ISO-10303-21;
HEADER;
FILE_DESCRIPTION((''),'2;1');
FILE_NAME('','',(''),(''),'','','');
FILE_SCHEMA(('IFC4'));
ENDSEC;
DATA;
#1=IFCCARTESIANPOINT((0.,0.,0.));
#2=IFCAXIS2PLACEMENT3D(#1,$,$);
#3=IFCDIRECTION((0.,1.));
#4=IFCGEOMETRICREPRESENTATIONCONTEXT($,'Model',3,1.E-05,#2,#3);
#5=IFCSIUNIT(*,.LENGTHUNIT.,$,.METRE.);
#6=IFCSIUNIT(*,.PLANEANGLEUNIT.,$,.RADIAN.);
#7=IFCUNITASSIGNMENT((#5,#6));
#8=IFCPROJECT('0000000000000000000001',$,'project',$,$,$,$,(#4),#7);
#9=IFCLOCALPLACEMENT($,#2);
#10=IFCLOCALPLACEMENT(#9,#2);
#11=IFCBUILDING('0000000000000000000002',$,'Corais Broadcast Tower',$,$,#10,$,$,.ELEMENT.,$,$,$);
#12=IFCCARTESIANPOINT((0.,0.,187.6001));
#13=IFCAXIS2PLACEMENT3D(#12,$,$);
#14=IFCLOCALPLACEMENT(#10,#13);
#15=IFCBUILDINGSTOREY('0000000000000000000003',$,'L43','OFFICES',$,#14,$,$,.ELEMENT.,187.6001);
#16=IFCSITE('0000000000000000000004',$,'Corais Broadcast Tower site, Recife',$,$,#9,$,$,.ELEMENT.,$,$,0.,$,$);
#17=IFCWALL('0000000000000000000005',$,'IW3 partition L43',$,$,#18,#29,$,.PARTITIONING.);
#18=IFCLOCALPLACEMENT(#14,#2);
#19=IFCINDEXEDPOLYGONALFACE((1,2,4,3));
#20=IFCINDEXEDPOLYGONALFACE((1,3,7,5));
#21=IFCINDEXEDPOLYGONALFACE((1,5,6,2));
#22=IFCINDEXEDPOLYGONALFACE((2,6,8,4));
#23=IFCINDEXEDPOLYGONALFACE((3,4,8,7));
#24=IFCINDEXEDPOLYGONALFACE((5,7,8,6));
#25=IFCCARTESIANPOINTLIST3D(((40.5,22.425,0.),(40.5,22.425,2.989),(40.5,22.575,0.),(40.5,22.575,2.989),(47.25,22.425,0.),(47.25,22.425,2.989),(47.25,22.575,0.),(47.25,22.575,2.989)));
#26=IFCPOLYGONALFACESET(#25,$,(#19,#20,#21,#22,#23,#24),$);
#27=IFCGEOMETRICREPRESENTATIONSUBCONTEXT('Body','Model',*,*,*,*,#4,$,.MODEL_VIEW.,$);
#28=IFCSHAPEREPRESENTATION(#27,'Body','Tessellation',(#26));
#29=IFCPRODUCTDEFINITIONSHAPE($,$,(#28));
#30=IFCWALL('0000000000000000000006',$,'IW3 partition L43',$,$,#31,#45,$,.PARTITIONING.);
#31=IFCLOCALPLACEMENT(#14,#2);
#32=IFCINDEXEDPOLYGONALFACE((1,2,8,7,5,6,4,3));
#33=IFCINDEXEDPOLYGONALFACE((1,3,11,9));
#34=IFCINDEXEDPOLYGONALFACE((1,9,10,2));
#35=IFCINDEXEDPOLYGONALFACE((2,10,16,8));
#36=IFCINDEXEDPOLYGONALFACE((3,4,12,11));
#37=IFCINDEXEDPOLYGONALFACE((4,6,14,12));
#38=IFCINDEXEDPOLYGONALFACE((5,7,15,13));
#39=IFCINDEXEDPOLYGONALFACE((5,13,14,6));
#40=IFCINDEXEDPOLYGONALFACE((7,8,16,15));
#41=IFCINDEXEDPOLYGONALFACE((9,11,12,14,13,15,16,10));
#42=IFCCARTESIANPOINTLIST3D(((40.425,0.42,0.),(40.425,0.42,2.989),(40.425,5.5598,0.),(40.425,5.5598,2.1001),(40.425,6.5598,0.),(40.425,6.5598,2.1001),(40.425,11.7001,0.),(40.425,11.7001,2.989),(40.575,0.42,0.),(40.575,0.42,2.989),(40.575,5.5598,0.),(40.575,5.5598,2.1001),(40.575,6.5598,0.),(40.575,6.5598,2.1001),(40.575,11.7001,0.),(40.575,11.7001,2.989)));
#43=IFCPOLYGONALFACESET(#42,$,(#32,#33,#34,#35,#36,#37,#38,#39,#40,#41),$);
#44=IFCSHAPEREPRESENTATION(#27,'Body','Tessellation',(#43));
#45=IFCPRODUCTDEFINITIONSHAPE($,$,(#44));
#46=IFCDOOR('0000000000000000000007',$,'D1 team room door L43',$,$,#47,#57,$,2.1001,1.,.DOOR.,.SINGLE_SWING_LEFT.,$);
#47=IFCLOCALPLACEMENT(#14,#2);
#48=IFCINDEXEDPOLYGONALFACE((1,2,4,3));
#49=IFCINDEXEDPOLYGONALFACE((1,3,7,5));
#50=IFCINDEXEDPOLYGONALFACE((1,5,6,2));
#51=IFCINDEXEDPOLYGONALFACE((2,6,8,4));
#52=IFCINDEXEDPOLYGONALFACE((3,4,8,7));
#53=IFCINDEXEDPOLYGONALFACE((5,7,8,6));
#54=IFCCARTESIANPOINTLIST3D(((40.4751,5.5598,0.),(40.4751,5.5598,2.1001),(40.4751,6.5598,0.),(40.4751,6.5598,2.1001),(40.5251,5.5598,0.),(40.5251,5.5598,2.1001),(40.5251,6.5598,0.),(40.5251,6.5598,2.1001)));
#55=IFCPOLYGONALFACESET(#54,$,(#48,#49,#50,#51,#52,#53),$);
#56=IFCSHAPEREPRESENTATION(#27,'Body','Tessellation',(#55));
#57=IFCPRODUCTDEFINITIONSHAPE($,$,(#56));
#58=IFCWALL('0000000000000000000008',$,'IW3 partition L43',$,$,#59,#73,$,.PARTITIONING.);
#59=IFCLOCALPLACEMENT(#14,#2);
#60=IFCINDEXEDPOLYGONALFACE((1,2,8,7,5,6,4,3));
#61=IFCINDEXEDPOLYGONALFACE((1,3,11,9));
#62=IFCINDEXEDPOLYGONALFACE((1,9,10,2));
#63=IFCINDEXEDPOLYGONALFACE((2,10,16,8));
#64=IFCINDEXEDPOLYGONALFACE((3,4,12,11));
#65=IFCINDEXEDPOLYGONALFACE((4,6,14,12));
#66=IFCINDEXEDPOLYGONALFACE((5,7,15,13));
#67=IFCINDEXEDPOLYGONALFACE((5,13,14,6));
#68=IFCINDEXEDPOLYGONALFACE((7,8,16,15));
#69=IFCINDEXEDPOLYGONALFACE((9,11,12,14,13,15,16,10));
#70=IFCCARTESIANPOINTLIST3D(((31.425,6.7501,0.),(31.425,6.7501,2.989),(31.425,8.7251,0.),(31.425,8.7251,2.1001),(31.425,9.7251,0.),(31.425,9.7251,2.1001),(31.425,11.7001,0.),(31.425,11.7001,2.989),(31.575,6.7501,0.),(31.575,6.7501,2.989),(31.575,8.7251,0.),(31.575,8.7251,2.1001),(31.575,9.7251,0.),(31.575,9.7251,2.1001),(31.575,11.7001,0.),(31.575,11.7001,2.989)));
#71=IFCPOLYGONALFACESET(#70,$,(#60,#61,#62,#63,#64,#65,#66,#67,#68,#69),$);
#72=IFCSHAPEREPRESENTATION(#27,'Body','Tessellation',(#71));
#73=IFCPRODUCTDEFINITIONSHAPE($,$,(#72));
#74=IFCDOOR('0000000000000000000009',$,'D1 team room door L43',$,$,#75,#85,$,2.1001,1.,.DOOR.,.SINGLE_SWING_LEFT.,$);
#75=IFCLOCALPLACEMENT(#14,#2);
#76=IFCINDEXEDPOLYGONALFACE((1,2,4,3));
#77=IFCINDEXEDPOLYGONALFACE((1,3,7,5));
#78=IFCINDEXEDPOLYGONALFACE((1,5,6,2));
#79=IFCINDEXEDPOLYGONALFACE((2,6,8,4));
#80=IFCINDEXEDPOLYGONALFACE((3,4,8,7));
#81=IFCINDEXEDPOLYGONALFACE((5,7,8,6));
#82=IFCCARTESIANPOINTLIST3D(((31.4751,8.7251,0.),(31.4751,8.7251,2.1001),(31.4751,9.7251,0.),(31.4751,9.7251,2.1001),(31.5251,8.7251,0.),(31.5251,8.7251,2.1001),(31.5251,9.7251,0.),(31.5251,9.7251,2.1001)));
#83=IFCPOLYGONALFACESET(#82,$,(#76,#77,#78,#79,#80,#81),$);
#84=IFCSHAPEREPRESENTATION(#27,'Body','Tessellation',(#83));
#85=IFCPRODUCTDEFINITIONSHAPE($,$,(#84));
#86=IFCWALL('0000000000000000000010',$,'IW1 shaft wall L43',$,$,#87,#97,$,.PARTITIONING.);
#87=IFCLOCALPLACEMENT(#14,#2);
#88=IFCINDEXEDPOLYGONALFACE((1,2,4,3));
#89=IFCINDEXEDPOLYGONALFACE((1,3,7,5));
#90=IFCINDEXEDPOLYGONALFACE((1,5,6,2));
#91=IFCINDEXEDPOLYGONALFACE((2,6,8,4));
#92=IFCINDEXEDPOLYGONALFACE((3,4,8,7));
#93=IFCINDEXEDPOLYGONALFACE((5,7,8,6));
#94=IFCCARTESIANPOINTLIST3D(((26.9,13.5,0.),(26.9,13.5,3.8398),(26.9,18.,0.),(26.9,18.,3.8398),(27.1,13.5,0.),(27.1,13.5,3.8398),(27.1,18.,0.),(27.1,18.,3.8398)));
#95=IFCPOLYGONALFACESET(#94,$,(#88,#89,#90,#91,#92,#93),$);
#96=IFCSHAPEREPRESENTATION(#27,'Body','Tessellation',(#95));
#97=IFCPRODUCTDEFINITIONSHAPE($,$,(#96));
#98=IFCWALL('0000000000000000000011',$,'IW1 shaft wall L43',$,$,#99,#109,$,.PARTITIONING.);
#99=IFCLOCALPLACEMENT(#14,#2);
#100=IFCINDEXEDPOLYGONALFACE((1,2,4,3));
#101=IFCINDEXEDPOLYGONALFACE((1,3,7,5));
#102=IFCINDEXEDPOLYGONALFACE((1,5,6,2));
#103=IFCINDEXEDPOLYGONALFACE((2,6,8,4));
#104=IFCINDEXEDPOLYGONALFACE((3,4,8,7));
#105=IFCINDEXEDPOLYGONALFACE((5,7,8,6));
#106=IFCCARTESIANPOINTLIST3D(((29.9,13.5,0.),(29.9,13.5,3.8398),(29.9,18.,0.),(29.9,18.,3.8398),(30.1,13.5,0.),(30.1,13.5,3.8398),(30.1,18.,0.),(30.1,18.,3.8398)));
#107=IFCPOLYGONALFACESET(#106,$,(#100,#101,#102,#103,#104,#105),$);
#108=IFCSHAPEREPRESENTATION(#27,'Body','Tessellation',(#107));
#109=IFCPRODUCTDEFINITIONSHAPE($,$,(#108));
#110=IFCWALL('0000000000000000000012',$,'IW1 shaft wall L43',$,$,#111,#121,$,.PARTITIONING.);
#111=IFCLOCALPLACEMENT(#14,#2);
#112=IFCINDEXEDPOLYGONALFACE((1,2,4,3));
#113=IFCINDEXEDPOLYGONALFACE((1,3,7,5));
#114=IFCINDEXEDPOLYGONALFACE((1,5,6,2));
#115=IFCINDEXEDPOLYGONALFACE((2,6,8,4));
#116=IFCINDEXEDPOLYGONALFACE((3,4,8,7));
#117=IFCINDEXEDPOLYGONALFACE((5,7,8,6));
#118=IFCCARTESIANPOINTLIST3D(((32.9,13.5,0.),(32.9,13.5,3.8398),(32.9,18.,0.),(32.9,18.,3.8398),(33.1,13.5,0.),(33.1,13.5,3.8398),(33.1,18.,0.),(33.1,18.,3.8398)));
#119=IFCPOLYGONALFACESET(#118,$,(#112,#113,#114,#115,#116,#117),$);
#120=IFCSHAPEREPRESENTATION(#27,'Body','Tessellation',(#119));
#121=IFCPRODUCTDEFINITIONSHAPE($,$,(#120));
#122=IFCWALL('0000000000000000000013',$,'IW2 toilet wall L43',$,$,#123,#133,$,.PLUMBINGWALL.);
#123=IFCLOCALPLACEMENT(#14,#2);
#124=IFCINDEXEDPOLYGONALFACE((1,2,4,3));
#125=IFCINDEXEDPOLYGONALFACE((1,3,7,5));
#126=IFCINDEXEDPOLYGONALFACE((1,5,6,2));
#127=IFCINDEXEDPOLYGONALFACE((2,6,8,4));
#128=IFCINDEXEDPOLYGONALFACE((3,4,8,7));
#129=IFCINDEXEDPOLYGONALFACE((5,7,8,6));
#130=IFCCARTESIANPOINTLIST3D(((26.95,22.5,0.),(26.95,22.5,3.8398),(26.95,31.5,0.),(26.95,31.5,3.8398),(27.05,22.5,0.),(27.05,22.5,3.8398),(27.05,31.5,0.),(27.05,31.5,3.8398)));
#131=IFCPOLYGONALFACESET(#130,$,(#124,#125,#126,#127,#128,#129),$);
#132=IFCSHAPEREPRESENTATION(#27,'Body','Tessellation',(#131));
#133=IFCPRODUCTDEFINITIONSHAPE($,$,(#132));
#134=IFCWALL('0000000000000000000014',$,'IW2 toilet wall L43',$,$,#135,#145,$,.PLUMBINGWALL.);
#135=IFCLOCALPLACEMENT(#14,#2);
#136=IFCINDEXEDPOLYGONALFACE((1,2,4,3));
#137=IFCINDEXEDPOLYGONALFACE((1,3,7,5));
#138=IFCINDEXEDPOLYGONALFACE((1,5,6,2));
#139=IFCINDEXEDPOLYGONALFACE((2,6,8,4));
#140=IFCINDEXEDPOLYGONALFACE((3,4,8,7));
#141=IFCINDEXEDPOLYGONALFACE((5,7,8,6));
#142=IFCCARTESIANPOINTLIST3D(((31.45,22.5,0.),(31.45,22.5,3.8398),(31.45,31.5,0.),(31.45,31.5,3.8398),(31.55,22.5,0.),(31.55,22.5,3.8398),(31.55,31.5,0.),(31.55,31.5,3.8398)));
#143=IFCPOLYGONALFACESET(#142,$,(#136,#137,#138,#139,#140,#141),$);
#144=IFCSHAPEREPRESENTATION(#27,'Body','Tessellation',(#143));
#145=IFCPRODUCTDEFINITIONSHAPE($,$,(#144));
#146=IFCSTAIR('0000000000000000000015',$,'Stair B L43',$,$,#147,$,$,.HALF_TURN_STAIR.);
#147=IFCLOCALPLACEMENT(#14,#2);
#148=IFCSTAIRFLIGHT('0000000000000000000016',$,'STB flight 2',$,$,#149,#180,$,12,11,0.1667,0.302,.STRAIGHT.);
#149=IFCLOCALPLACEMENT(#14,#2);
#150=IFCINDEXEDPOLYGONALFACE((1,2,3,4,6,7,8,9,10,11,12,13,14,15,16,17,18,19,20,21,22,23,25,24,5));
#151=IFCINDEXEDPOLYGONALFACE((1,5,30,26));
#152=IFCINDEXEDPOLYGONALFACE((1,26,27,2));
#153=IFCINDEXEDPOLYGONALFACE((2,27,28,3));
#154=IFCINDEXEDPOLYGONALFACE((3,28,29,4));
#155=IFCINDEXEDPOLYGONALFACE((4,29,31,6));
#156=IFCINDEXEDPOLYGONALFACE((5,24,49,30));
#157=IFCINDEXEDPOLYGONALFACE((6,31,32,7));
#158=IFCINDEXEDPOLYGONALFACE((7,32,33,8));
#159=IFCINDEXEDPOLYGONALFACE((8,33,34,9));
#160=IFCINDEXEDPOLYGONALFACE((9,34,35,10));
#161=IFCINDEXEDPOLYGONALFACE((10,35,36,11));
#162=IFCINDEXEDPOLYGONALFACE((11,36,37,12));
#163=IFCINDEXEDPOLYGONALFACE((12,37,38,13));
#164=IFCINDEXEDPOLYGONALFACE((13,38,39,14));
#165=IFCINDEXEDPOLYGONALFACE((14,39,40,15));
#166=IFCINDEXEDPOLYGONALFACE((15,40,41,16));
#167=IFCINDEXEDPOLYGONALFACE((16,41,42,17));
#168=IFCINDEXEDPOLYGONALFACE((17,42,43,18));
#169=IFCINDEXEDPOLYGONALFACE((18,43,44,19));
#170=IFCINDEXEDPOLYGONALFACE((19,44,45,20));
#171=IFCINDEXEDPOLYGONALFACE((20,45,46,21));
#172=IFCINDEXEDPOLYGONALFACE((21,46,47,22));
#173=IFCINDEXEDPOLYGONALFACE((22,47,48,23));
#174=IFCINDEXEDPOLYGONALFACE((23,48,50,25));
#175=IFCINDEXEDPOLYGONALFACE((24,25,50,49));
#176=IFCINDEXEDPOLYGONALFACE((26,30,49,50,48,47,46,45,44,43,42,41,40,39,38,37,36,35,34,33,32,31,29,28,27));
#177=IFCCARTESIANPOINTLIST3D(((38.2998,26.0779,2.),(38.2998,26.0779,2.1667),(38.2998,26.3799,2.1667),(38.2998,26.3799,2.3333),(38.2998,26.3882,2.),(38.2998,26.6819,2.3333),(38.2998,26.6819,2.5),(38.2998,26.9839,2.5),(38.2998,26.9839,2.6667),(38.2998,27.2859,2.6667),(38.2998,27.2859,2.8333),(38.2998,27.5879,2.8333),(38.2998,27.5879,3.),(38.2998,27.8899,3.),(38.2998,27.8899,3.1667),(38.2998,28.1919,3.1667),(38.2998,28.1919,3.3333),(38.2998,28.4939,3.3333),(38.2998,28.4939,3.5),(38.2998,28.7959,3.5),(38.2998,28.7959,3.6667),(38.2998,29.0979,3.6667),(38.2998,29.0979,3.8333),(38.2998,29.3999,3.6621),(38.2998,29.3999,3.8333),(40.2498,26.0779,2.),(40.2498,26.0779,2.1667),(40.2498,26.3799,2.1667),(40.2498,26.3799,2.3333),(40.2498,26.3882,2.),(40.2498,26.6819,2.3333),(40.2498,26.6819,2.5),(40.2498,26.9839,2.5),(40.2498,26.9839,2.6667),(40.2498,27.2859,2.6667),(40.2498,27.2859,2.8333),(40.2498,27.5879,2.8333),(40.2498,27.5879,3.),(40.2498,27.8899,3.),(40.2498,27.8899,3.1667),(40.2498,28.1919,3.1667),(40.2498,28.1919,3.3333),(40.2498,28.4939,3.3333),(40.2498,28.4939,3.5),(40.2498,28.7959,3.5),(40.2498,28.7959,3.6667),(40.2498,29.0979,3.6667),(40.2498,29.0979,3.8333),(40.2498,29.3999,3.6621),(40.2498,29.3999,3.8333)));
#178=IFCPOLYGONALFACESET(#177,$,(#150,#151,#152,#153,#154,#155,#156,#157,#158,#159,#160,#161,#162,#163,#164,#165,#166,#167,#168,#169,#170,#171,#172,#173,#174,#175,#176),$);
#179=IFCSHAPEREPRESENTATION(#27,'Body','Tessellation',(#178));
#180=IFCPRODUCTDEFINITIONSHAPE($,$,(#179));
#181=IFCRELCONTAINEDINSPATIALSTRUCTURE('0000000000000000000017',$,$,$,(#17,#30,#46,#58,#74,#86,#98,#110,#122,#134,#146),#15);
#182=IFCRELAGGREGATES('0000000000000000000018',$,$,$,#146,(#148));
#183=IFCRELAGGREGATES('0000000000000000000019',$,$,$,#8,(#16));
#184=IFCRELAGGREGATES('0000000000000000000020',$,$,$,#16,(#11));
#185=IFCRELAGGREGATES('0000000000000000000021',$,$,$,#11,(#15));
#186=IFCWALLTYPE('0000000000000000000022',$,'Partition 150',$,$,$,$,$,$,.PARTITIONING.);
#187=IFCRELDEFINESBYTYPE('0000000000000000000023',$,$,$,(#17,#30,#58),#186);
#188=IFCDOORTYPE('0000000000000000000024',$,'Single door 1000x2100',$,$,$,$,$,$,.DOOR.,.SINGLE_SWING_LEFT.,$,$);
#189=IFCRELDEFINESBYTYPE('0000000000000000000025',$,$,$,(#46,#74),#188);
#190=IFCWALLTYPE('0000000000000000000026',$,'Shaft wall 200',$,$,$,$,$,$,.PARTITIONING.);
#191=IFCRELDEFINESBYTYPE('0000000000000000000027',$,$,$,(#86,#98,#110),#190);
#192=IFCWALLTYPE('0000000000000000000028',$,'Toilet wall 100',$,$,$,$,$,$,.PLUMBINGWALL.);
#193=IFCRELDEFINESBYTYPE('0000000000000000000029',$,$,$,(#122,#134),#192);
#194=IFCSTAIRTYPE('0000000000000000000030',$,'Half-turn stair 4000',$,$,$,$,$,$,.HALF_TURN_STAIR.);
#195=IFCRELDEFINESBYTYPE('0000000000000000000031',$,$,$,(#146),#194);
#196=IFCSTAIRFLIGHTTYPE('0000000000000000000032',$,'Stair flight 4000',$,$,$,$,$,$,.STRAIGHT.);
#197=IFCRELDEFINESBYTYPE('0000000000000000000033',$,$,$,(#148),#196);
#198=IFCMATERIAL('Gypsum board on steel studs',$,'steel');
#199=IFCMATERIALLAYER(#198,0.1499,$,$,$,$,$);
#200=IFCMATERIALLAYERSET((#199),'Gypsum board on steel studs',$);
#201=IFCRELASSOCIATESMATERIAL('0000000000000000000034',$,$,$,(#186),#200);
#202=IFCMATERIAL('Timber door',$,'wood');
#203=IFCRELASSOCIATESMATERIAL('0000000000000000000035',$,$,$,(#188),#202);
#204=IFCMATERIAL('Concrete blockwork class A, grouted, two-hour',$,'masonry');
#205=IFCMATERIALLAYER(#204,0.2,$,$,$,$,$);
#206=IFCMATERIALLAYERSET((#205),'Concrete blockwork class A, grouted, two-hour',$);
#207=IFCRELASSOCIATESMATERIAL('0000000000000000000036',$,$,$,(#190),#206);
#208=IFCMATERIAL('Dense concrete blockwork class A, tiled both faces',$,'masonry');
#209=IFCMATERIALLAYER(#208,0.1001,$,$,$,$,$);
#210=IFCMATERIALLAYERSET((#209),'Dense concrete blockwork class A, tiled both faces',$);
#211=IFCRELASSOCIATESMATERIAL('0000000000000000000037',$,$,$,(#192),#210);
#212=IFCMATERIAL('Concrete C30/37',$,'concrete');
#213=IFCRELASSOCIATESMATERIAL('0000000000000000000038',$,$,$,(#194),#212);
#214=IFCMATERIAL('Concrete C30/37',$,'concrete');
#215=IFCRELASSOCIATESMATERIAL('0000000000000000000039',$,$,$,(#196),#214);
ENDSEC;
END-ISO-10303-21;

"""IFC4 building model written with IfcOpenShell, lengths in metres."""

from ifc_helpers import new_model, si_unit, direction, frame, frame_2d, origin, place, context, subcontext, project, spatial, polyline, rectangle, outline, extrude, material, layer, layer_set, type_object, element, fill, aggregate, save


model = new_model("IFC4")

# Units and contexts
model_context = context("Model", 3, precision=1e-05, world=origin(), true_north=direction((0.0, 1.0)))
body_context = subcontext(model_context, "Body", "Model", "MODEL_VIEW")
ifc_project = project(units=[si_unit("LENGTHUNIT", "METRE"), si_unit("PLANEANGLEUNIT", "RADIAN")], contexts=[model_context])

# Site, building, storey
site_placement = place(None, origin())
site = spatial("IfcSite", under=ifc_project, at=site_placement, Name="Corais Broadcast Tower site, Recife", CompositionType="ELEMENT", RefElevation=0.0)
building_placement = place(site_placement, origin())
building = spatial("IfcBuilding", under=site, at=building_placement, Name="Corais Broadcast Tower", CompositionType="ELEMENT")
storey_placement = place(building_placement, frame((0.0, 0.0, 187.6001)))
storey = spatial("IfcBuildingStorey", under=building, at=storey_placement, Name="L43", Description="OFFICES", CompositionType="ELEMENT", Elevation=187.6001)

# Shared definitions
ifc_material_1 = material(Name="Gypsum board on steel studs", Category="steel")
ifc_layer_1 = layer(ifc_material_1, 0.1499)
ifc_layer_set_1 = layer_set([ifc_layer_1], Name="Gypsum board on steel studs")
wall_type_1 = type_object("IfcWallType", Name="Partition 150", PredefinedType="PARTITIONING", material=ifc_layer_set_1)

# Shared definitions
ifc_material_2 = material(Name="Timber door", Category="wood")
door_type_1 = type_object("IfcDoorType", Name="Single door 1000x2100", OperationType="SINGLE_SWING_LEFT", PredefinedType="DOOR", material=ifc_material_2)

# Wall
wall_1_placement = place(storey_placement, frame((40.5, 22.5, 0.0), z_axis=(0.0, 0.0, 1.0), x_axis=(1.0, 0.0, 0.0)))
element("IfcWall", 1, at=wall_1_placement, inside=storey, type_object=wall_type_1, Name="IW3 partition L43", PredefinedType="PARTITIONING", context=body_context, shape_type="SweptSolid", body=[
    extrude(rectangle(XDim=6.75, YDim=0.1499, at=frame_2d((3.375, 0.0))), origin(), (0.0, 0.0, 1.0), 2.989),
])

# Walls, openings, doors
wall_2_placement = place(storey_placement, frame((40.5, 0.4199, 0.0), z_axis=(0.0, 0.0, 1.0), x_axis=(0.0, 1.0, 0.0)))
wall_2 = element("IfcWall", 2, at=wall_2_placement, inside=storey, type_object=wall_type_1, Name="IW3 partition L43", PredefinedType="PARTITIONING", context=body_context, shape_type="SweptSolid", body=[
    extrude(rectangle(XDim=11.28, YDim=0.1499, at=frame_2d((5.6401, 0.0))), origin(), (0.0, 0.0, 1.0), 2.989),
])
opening_1_placement = place(wall_2_placement, frame((5.1399, 0.0, 0.0)))
opening_1 = element("IfcOpeningElement", 3, at=opening_1_placement, cuts=wall_2, PredefinedType="OPENING", context=body_context, shape_type="SweptSolid", body=[
    extrude(rectangle(XDim=1.0, YDim=2.1001, at=frame_2d((0.5, 1.05))), frame((0.0, 0.085, 0.0), z_axis=(0.0, -1.0, 0.0), x_axis=(1.0, 0.0, 0.0)), (0.0, 0.0, 1.0), 0.1699),
])
door_1_placement = place(opening_1_placement, origin())
door_1 = element("IfcDoor", 4, at=door_1_placement, inside=storey, type_object=door_type_1, Name="D1 team room door L43", OperationType="SINGLE_SWING_LEFT", OverallHeight=2.1001, OverallWidth=1.0, PredefinedType="DOOR", context=body_context, shape_type="SweptSolid", body=[
    extrude(rectangle(XDim=1.0, YDim=2.1001, at=frame_2d((0.5, 1.05))), frame((0.0, 0.0249, 0.0), z_axis=(0.0, -1.0, 0.0), x_axis=(1.0, 0.0, 0.0)), (0.0, 0.0, 1.0), 0.05),
])
fill(opening_1, door_1)
wall_3_placement = place(storey_placement, frame((31.5, 6.75, 0.0), z_axis=(0.0, 0.0, 1.0), x_axis=(0.0, 1.0, 0.0)))
wall_3 = element("IfcWall", 5, at=wall_3_placement, inside=storey, type_object=wall_type_1, Name="IW3 partition L43", PredefinedType="PARTITIONING", context=body_context, shape_type="SweptSolid", body=[
    extrude(rectangle(XDim=4.95, YDim=0.1499, at=frame_2d((2.4751, 0.0))), origin(), (0.0, 0.0, 1.0), 2.989),
])
opening_2_placement = place(wall_3_placement, frame((1.9751, 0.0, 0.0)))
opening_2 = element("IfcOpeningElement", 6, at=opening_2_placement, cuts=wall_3, PredefinedType="OPENING", context=body_context, shape_type="SweptSolid", body=[
    extrude(rectangle(XDim=1.0, YDim=2.1001, at=frame_2d((0.5, 1.05))), frame((0.0, 0.085, 0.0), z_axis=(0.0, -1.0, 0.0), x_axis=(1.0, 0.0, 0.0)), (0.0, 0.0, 1.0), 0.1699),
])
door_2_placement = place(opening_2_placement, origin())
door_2 = element("IfcDoor", 7, at=door_2_placement, inside=storey, type_object=door_type_1, Name="D1 team room door L43", OperationType="SINGLE_SWING_LEFT", OverallHeight=2.1001, OverallWidth=1.0, PredefinedType="DOOR", context=body_context, shape_type="SweptSolid", body=[
    extrude(rectangle(XDim=1.0, YDim=2.1001, at=frame_2d((0.5, 1.05))), frame((0.0, 0.0249, 0.0), z_axis=(0.0, -1.0, 0.0), x_axis=(1.0, 0.0, 0.0)), (0.0, 0.0, 1.0), 0.05),
])
fill(opening_2, door_2)

# Walls
ifc_material_3 = material(Name="Concrete blockwork class A, grouted, two-hour", Category="masonry")
ifc_layer_2 = layer(ifc_material_3, 0.2)
ifc_layer_set_2 = layer_set([ifc_layer_2], Name="Concrete blockwork class A, grouted, two-hour")
wall_type_2 = type_object("IfcWallType", Name="Shaft wall 200", PredefinedType="PARTITIONING", material=ifc_layer_set_2)
for number, where, z_axis, x_axis, name in (
    (8, (27.0, 13.5, 0.0), (0.0, 0.0, 1.0), (0.0, 1.0, 0.0), "IW1 shaft wall L43"),
    (9, (30.0, 13.5, 0.0), (0.0, 0.0, 1.0), (0.0, 1.0, 0.0), "IW1 shaft wall L43"),
    (10, (33.0, 13.5, 0.0), (0.0, 0.0, 1.0), (0.0, 1.0, 0.0), "IW1 shaft wall L43"),
):
    element("IfcWall", number, at=place(storey_placement, frame(where, z_axis=z_axis, x_axis=x_axis)), inside=storey, type_object=wall_type_2, Name=name, PredefinedType="PARTITIONING", context=body_context, shape_type="SweptSolid", body=[
        extrude(rectangle(XDim=4.5, YDim=0.2, at=frame_2d((2.25, 0.0))), origin(), (0.0, 0.0, 1.0), 3.8398),
    ])
ifc_material_4 = material(Name="Dense concrete blockwork class A, tiled both faces", Category="masonry")
ifc_layer_3 = layer(ifc_material_4, 0.1001)
ifc_layer_set_3 = layer_set([ifc_layer_3], Name="Dense concrete blockwork class A, tiled both faces")
wall_type_3 = type_object("IfcWallType", Name="Toilet wall 100", PredefinedType="PLUMBINGWALL", material=ifc_layer_set_3)
for number, where, z_axis, x_axis, name in (
    (11, (27.0, 22.5, 0.0), (0.0, 0.0, 1.0), (0.0, 1.0, 0.0), "IW2 toilet wall L43"),
    (12, (31.5, 22.5, 0.0), (0.0, 0.0, 1.0), (0.0, 1.0, 0.0), "IW2 toilet wall L43"),
):
    element("IfcWall", number, at=place(storey_placement, frame(where, z_axis=z_axis, x_axis=x_axis)), inside=storey, type_object=wall_type_3, Name=name, PredefinedType="PLUMBINGWALL", context=body_context, shape_type="SweptSolid", body=[
        extrude(rectangle(XDim=9.0, YDim=0.1001, at=frame_2d((4.5, 0.0))), origin(), (0.0, 0.0, 1.0), 3.8398),
    ])

# Stair, stair flight
ifc_material_5 = material(Name="Concrete C30/37", Category="concrete")
stair_type = type_object("IfcStairType", Name="Half-turn stair 4000", PredefinedType="HALF_TURN_STAIR", material=ifc_material_5)
stair_placement = place(storey_placement, origin())
stair = element("IfcStair", 13, at=stair_placement, inside=storey, type_object=stair_type, Name="Stair B L43", PredefinedType="HALF_TURN_STAIR")
ifc_material_6 = material(Name="Concrete C30/37", Category="concrete")
stair_flight_type = type_object("IfcStairFlightType", Name="Stair flight 4000", PredefinedType="STRAIGHT", material=ifc_material_6)
stair_flight_placement = place(storey_placement, frame((39.2749, 26.0779, 2.0), z_axis=(0.0, 0.0, 1.0), x_axis=(0.0, 1.0, 0.0)))
stair_flight = element("IfcStairFlight", 14, at=stair_flight_placement, type_object=stair_flight_type, Name="STB flight 2", NumberOfRisers=12, NumberOfTreads=11, PredefinedType="STRAIGHT", RiserHeight=0.1667, TreadLength=0.302, context=body_context, shape_type="SweptSolid", body=[
    extrude(outline(polyline([(0.0, 0.0), (0.0, 0.1667), (0.302, 0.1667), (0.302, 0.3333), (0.604, 0.3333), (0.604, 0.5), (0.906, 0.5), (0.906, 0.6667), (1.208, 0.6667), (1.208, 0.8333), (1.51, 0.8333), (1.51, 1.0), (1.812, 1.0), (1.812, 1.1667), (2.114, 1.1667), (2.114, 1.3333), (2.416, 1.3333), (2.416, 1.5), (2.718, 1.5), (2.718, 1.6667), (3.02, 1.6667), (3.02, 1.8333), (3.322, 1.8333), (3.322, 2.0), (3.322, 1.6621), (0.3103, 0.0), (0.0, 0.0)])), frame((0.0, 0.9751, 0.0), z_axis=(0.0, -1.0, 0.0), x_axis=(1.0, 0.0, 0.0)), (0.0, 0.0, 1.0), 1.95),
])
aggregate(stair, [stair_flight])

save(model, "model.ifc")
